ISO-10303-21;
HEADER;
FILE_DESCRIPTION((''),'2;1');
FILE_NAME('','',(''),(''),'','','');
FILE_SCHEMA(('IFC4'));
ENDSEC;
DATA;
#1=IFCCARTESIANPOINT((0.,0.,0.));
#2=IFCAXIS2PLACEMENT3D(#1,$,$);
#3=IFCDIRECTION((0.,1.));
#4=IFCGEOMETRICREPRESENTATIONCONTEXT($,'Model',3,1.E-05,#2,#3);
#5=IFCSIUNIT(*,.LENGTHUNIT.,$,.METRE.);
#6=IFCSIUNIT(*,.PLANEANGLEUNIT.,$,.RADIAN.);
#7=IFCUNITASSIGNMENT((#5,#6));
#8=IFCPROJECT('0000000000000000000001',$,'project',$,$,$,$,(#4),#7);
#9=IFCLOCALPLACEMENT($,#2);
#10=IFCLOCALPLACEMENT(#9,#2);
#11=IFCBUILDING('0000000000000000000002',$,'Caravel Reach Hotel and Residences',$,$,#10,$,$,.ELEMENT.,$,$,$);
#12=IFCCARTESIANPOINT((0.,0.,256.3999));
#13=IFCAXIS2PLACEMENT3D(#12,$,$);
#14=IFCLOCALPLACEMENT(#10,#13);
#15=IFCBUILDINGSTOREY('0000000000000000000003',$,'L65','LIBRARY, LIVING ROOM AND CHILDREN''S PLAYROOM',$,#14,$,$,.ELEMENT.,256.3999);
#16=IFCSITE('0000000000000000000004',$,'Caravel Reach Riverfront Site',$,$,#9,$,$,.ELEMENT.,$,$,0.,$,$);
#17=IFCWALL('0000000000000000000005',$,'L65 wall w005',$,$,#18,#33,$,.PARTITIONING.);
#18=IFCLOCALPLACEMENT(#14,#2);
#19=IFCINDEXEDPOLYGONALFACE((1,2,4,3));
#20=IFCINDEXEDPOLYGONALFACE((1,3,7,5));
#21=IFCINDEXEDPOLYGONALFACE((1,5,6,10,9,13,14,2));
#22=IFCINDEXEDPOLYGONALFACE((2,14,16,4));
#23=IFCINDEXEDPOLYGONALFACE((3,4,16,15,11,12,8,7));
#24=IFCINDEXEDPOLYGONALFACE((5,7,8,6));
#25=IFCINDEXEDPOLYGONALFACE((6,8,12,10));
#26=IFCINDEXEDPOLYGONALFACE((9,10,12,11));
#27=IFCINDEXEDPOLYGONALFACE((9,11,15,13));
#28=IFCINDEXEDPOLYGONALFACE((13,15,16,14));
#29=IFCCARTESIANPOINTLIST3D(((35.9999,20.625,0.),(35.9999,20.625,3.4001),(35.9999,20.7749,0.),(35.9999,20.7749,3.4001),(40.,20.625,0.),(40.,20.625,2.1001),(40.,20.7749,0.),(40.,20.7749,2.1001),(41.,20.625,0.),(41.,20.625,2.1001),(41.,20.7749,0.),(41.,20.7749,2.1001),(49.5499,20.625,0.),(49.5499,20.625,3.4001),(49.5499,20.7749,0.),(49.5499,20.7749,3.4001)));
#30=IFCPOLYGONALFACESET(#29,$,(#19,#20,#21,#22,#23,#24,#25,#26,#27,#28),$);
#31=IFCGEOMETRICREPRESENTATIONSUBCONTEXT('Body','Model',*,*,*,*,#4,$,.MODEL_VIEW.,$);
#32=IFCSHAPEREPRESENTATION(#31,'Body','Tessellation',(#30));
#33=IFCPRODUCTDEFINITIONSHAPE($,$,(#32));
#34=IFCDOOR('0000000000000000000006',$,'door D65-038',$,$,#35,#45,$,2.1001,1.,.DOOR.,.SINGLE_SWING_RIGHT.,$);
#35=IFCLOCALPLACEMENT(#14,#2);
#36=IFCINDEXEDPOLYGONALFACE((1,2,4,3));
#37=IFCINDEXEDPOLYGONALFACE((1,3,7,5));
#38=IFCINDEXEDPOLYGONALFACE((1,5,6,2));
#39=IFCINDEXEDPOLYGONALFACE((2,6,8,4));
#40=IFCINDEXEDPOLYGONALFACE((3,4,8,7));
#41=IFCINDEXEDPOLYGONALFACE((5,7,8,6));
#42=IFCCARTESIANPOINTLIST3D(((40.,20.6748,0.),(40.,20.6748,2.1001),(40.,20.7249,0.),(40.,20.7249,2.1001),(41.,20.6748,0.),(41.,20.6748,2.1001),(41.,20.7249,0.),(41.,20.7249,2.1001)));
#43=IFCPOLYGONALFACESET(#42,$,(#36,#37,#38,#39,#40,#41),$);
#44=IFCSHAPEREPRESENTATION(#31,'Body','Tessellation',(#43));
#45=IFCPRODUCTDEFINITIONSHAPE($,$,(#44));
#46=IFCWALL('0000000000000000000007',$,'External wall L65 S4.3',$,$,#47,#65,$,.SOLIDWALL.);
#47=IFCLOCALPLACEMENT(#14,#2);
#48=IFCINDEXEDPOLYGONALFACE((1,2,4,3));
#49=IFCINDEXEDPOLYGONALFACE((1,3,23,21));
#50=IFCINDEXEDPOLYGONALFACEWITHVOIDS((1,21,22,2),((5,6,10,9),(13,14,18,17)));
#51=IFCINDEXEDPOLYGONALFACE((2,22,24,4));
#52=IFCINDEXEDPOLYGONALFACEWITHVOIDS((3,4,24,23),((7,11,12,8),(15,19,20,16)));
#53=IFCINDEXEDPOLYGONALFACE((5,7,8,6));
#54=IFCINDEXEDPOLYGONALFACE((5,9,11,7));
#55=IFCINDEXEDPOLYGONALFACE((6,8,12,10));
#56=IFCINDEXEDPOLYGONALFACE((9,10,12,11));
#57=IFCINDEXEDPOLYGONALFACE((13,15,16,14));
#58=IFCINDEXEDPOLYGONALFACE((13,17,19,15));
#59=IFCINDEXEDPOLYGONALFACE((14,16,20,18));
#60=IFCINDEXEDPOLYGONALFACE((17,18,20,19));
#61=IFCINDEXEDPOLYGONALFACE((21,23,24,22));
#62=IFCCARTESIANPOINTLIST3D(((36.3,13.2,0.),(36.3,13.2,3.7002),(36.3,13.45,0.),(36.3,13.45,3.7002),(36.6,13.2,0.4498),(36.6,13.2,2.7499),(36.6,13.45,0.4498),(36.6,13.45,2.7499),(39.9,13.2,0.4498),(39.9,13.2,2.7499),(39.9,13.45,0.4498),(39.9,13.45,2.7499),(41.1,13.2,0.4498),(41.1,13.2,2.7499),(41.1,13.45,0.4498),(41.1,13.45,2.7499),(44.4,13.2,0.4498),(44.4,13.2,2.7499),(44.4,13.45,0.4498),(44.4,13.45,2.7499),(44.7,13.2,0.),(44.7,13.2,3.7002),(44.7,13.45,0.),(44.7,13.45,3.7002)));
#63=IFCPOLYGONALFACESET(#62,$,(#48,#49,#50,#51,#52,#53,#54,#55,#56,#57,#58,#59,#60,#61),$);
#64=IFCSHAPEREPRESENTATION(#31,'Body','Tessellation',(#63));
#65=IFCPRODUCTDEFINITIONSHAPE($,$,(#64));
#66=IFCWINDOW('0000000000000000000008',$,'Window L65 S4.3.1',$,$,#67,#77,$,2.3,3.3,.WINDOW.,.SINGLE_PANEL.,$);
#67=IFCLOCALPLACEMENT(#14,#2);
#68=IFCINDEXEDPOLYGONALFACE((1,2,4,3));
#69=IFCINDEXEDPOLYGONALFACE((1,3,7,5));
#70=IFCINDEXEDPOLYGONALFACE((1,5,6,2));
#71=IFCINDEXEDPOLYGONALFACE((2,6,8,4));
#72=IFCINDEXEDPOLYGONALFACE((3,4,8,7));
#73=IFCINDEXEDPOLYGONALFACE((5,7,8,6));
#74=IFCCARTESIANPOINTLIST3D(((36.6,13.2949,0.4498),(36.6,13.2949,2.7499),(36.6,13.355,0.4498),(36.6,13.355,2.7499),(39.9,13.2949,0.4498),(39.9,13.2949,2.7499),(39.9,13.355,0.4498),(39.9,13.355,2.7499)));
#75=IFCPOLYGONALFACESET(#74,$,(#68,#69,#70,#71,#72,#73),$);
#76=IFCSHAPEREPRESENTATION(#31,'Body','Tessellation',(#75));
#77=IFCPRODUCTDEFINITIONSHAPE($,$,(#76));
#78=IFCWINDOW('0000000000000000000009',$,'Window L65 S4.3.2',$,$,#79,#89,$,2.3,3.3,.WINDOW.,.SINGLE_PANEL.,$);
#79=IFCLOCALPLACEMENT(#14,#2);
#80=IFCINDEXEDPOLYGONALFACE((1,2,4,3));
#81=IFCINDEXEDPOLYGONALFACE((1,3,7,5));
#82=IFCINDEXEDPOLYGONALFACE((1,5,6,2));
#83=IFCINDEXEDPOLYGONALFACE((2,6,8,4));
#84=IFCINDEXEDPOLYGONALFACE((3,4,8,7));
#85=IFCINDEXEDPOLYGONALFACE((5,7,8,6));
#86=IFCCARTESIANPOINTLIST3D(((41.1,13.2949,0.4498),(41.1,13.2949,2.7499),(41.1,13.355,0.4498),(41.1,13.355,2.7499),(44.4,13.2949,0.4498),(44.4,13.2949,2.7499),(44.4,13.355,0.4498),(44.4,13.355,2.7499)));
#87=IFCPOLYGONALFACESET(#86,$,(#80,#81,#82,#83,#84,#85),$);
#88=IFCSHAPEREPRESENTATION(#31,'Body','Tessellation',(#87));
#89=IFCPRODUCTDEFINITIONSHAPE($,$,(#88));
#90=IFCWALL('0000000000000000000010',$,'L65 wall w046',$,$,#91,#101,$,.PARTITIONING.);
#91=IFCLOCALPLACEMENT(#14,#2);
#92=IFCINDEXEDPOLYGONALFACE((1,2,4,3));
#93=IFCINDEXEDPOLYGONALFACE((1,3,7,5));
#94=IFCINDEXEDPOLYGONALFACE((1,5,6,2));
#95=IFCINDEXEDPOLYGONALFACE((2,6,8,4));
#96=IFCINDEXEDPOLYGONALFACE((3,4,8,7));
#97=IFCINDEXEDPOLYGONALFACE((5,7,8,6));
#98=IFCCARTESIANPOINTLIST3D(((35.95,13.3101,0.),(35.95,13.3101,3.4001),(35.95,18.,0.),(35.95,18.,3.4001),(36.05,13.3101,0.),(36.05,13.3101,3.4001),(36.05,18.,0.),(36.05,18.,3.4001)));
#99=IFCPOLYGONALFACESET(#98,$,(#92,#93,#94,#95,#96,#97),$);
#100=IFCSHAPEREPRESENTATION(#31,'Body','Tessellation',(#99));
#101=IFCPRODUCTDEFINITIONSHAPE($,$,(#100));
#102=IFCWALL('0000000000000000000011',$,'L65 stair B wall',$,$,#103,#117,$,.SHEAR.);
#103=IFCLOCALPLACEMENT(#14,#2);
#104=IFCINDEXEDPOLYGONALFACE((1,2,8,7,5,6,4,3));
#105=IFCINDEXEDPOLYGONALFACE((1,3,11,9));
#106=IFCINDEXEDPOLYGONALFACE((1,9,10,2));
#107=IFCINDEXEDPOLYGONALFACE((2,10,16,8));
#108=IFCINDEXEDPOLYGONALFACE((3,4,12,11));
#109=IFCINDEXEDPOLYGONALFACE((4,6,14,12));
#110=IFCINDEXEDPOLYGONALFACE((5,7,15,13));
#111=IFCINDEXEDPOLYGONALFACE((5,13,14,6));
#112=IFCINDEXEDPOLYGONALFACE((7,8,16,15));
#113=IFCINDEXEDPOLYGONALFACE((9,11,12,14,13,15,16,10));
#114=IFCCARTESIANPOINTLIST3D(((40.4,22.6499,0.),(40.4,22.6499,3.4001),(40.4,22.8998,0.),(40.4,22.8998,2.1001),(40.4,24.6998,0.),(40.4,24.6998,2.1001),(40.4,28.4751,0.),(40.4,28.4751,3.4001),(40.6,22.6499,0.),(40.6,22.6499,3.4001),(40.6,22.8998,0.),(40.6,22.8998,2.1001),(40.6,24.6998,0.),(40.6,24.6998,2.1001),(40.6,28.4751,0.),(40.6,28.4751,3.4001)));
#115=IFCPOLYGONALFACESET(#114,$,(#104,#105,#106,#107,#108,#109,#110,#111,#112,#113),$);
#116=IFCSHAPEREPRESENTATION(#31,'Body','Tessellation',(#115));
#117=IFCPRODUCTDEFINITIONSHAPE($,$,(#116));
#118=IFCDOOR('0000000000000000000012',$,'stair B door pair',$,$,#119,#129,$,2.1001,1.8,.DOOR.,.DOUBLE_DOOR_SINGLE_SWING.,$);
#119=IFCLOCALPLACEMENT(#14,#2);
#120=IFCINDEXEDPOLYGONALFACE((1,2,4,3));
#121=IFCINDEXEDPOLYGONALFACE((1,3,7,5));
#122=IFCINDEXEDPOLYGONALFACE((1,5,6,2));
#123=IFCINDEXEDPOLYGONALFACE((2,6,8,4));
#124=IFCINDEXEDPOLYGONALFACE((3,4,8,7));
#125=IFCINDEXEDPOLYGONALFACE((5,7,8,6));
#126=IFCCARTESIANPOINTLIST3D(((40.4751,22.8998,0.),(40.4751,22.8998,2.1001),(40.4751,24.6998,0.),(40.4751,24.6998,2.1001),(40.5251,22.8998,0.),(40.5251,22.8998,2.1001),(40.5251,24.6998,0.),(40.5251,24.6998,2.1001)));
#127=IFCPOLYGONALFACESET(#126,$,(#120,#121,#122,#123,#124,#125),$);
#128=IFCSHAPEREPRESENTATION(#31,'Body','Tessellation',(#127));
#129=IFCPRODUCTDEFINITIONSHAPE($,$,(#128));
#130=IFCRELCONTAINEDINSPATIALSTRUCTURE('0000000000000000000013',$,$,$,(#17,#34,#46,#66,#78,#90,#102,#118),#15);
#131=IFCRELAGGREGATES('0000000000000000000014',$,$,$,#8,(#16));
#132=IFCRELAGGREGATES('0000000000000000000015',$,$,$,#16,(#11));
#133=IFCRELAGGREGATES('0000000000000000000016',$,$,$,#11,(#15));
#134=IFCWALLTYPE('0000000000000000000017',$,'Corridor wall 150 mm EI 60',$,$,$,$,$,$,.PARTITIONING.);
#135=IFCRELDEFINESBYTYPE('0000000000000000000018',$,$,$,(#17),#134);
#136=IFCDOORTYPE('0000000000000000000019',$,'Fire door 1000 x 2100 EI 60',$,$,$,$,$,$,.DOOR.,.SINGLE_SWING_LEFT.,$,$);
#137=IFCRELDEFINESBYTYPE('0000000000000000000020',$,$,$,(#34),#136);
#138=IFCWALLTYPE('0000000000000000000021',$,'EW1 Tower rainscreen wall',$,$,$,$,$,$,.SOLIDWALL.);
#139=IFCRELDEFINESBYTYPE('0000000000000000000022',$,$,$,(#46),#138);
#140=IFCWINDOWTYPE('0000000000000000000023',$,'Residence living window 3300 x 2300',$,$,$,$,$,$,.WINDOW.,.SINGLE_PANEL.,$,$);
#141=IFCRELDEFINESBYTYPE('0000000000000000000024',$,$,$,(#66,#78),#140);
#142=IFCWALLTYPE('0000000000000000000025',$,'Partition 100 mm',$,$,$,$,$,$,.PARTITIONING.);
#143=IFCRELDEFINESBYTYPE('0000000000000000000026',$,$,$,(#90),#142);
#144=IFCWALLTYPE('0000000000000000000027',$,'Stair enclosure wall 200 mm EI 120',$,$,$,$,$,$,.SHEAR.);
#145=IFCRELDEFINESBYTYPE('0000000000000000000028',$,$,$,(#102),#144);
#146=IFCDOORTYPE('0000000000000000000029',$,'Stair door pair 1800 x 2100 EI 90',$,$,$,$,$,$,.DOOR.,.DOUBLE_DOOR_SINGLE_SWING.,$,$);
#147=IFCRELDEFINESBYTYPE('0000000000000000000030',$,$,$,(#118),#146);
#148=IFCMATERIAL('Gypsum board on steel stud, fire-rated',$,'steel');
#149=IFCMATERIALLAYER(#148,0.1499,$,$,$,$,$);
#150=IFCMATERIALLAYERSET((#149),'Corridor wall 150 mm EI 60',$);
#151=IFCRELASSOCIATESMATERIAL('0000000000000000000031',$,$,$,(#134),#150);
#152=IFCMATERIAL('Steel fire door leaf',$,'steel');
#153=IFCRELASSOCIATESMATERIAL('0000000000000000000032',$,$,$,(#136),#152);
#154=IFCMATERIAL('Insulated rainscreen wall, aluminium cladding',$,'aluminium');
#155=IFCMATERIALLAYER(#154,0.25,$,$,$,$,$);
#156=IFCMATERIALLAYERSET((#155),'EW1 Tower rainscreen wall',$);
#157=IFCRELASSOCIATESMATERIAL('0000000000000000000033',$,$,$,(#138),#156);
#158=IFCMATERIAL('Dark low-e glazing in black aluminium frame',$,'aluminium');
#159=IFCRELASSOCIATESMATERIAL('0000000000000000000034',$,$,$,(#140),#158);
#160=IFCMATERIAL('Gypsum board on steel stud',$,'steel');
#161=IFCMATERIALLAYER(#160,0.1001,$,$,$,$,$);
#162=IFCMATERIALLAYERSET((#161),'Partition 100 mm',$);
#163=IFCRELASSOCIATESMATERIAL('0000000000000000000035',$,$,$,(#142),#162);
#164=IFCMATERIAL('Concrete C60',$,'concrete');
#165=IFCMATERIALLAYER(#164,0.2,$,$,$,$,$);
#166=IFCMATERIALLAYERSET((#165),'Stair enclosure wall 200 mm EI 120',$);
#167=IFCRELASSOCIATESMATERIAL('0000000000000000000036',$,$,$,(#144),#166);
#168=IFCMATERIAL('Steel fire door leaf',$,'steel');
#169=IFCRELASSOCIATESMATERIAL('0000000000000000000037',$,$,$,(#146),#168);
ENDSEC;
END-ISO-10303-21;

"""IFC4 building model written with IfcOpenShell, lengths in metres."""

from ifc_helpers import new_model, si_unit, direction, frame, frame_2d, origin, place, context, subcontext, project, spatial, rectangle, extrude, material, layer, layer_set, type_object, element, fill, save


model = new_model("IFC4")

# Units and contexts
model_context = context("Model", 3, precision=1e-05, world=origin(), true_north=direction((0.0, 1.0)))
body_context = subcontext(model_context, "Body", "Model", "MODEL_VIEW")
ifc_project = project(units=[si_unit("LENGTHUNIT", "METRE"), si_unit("PLANEANGLEUNIT", "RADIAN")], contexts=[model_context])

# Site, building, storey
site_placement = place(None, origin())
site = spatial("IfcSite", under=ifc_project, at=site_placement, Name="Caravel Reach Riverfront Site", CompositionType="ELEMENT", RefElevation=0.0)
building_placement = place(site_placement, origin())
building = spatial("IfcBuilding", under=site, at=building_placement, Name="Caravel Reach Hotel and Residences", CompositionType="ELEMENT")
storey_placement = place(building_placement, frame((0.0, 0.0, 256.3999)))
storey = spatial("IfcBuildingStorey", under=building, at=storey_placement, Name="L65", Description="LIBRARY, LIVING ROOM AND CHILDREN'S PLAYROOM", CompositionType="ELEMENT", Elevation=256.3999)

# Wall, opening, door
ifc_material_1 = material(Name="Gypsum board on steel stud, fire-rated", Category="steel")
ifc_layer_1 = layer(ifc_material_1, 0.1499)
ifc_layer_set_1 = layer_set([ifc_layer_1], Name="Corridor wall 150 mm EI 60")
wall_type_1 = type_object("IfcWallType", Name="Corridor wall 150 mm EI 60", PredefinedType="PARTITIONING", material=ifc_layer_set_1)
wall_1_placement = place(storey_placement, frame((36.0, 20.7, 0.0), z_axis=(0.0, 0.0, 1.0), x_axis=(1.0, 0.0, 0.0)))
wall_1 = element("IfcWall", 1, at=wall_1_placement, inside=storey, type_object=wall_type_1, Name="L65 wall w005", PredefinedType="PARTITIONING", context=body_context, shape_type="SweptSolid", body=[
    extrude(rectangle(XDim=13.55, YDim=0.1499, at=frame_2d((6.7749, 0.0))), origin(), (0.0, 0.0, 1.0), 3.4001),
])
opening_1_placement = place(wall_1_placement, frame((4.0, 0.0, 0.0)))
opening_1 = element("IfcOpeningElement", 2, at=opening_1_placement, cuts=wall_1, PredefinedType="OPENING", context=body_context, shape_type="SweptSolid", body=[
    extrude(rectangle(XDim=1.0, YDim=2.1001, at=frame_2d((0.5, 1.05))), frame((0.0, 0.085, 0.0), z_axis=(0.0, -1.0, 0.0), x_axis=(1.0, 0.0, 0.0)), (0.0, 0.0, 1.0), 0.1699),
])
ifc_material_2 = material(Name="Steel fire door leaf", Category="steel")
door_type_1 = type_object("IfcDoorType", Name="Fire door 1000 x 2100 EI 60", OperationType="SINGLE_SWING_LEFT", PredefinedType="DOOR", material=ifc_material_2)
door_1_placement = place(opening_1_placement, origin())
door_1 = element("IfcDoor", 3, at=door_1_placement, inside=storey, type_object=door_type_1, Name="door D65-038", OperationType="SINGLE_SWING_RIGHT", OverallHeight=2.1001, OverallWidth=1.0, PredefinedType="DOOR", context=body_context, shape_type="SweptSolid", body=[
    extrude(rectangle(XDim=1.0, YDim=2.1001, at=frame_2d((0.5, 1.05))), frame((0.0, 0.0249, 0.0), z_axis=(0.0, -1.0, 0.0), x_axis=(1.0, 0.0, 0.0)), (0.0, 0.0, 1.0), 0.05),
])
fill(opening_1, door_1)

# Wall, openings, windows
ifc_material_3 = material(Name="Insulated rainscreen wall, aluminium cladding", Category="aluminium")
ifc_layer_2 = layer(ifc_material_3, 0.25)
ifc_layer_set_2 = layer_set([ifc_layer_2], Name="EW1 Tower rainscreen wall")
wall_type_2 = type_object("IfcWallType", Name="EW1 Tower rainscreen wall", PredefinedType="SOLIDWALL", material=ifc_layer_set_2)
wall_2_placement = place(storey_placement, frame((36.3, 13.325, 0.0), z_axis=(0.0, 0.0, 1.0), x_axis=(1.0, 0.0, 0.0)))
wall_2 = element("IfcWall", 4, at=wall_2_placement, inside=storey, type_object=wall_type_2, Name="External wall L65 S4.3", PredefinedType="SOLIDWALL", context=body_context, shape_type="SweptSolid", body=[
    extrude(rectangle(XDim=8.3999, YDim=0.25, at=frame_2d((4.2, 0.0))), origin(), (0.0, 0.0, 1.0), 3.7002),
])
opening_2_placement = place(wall_2_placement, frame((0.3, 0.0, 0.45)))
opening_2 = element("IfcOpeningElement", 5, at=opening_2_placement, cuts=wall_2, PredefinedType="OPENING", context=body_context, shape_type="SweptSolid", body=[
    extrude(rectangle(XDim=3.3, YDim=2.3, at=frame_2d((1.6499, 1.1499))), frame((0.0, 0.135, 0.0), z_axis=(0.0, -1.0, 0.0), x_axis=(1.0, 0.0, 0.0)), (0.0, 0.0, 1.0), 0.27),
])
opening_3_placement = place(wall_2_placement, frame((4.8, 0.0, 0.45)))
opening_3 = element("IfcOpeningElement", 6, at=opening_3_placement, cuts=wall_2, PredefinedType="OPENING", context=body_context, shape_type="SweptSolid", body=[
    extrude(rectangle(XDim=3.3, YDim=2.3, at=frame_2d((1.6499, 1.1499))), frame((0.0, 0.135, 0.0), z_axis=(0.0, -1.0, 0.0), x_axis=(1.0, 0.0, 0.0)), (0.0, 0.0, 1.0), 0.27),
])
ifc_material_4 = material(Name="Dark low-e glazing in black aluminium frame", Category="aluminium")
window_type = type_object("IfcWindowType", Name="Residence living window 3300 x 2300", PartitioningType="SINGLE_PANEL", PredefinedType="WINDOW", material=ifc_material_4)
window_1_placement = place(opening_2_placement, origin())
window_1 = element("IfcWindow", 7, at=window_1_placement, inside=storey, type_object=window_type, Name="Window L65 S4.3.1", OverallHeight=2.3, OverallWidth=3.3, PartitioningType="SINGLE_PANEL", PredefinedType="WINDOW", context=body_context, shape_type="SweptSolid", body=[
    extrude(rectangle(XDim=3.3, YDim=2.3, at=frame_2d((1.6499, 1.1499))), frame((0.0, 0.03, 0.0), z_axis=(0.0, -1.0, 0.0), x_axis=(1.0, 0.0, 0.0)), (0.0, 0.0, 1.0), 0.0601),
])
fill(opening_2, window_1)
window_2_placement = place(opening_3_placement, origin())
window_2 = element("IfcWindow", 8, at=window_2_placement, inside=storey, type_object=window_type, Name="Window L65 S4.3.2", OverallHeight=2.3, OverallWidth=3.3, PartitioningType="SINGLE_PANEL", PredefinedType="WINDOW", context=body_context, shape_type="SweptSolid", body=[
    extrude(rectangle(XDim=3.3, YDim=2.3, at=frame_2d((1.6499, 1.1499))), frame((0.0, 0.03, 0.0), z_axis=(0.0, -1.0, 0.0), x_axis=(1.0, 0.0, 0.0)), (0.0, 0.0, 1.0), 0.0601),
])
fill(opening_3, window_2)

# Wall
ifc_material_5 = material(Name="Gypsum board on steel stud", Category="steel")
ifc_layer_3 = layer(ifc_material_5, 0.1001)
ifc_layer_set_3 = layer_set([ifc_layer_3], Name="Partition 100 mm")
wall_type_3 = type_object("IfcWallType", Name="Partition 100 mm", PredefinedType="PARTITIONING", material=ifc_layer_set_3)
wall_3_placement = place(storey_placement, frame((36.0, 13.3101, 0.0), z_axis=(0.0, 0.0, 1.0), x_axis=(0.0, 1.0, 0.0)))
element("IfcWall", 9, at=wall_3_placement, inside=storey, type_object=wall_type_3, Name="L65 wall w046", PredefinedType="PARTITIONING", context=body_context, shape_type="SweptSolid", body=[
    extrude(rectangle(XDim=4.6899, YDim=0.1001, at=frame_2d((2.345, 0.0))), origin(), (0.0, 0.0, 1.0), 3.4001),
])

# Wall, opening, door
ifc_material_6 = material(Name="Concrete C60", Category="concrete")
ifc_layer_4 = layer(ifc_material_6, 0.2)
ifc_layer_set_4 = layer_set([ifc_layer_4], Name="Stair enclosure wall 200 mm EI 120")
wall_type_4 = type_object("IfcWallType", Name="Stair enclosure wall 200 mm EI 120", PredefinedType="SHEAR", material=ifc_layer_set_4)
wall_4_placement = place(storey_placement, frame((40.5, 22.6499, 0.0), z_axis=(0.0, 0.0, 1.0), x_axis=(0.0, 1.0, 0.0)))
wall_4 = element("IfcWall", 10, at=wall_4_placement, inside=storey, type_object=wall_type_4, Name="L65 stair B wall", PredefinedType="SHEAR", context=body_context, shape_type="SweptSolid", body=[
    extrude(rectangle(XDim=5.8252, YDim=0.2, at=frame_2d((2.9126, 0.0))), origin(), (0.0, 0.0, 1.0), 3.4001),
])
opening_4_placement = place(wall_4_placement, frame((0.25, 0.0, 0.0)))
opening_4 = element("IfcOpeningElement", 11, at=opening_4_placement, cuts=wall_4, PredefinedType="OPENING", context=body_context, shape_type="SweptSolid", body=[
    extrude(rectangle(XDim=1.8, YDim=2.1001, at=frame_2d((0.8999, 1.05))), frame((0.0, 0.1099, 0.0), z_axis=(0.0, -1.0, 0.0), x_axis=(1.0, 0.0, 0.0)), (0.0, 0.0, 1.0), 0.22),
])
ifc_material_7 = material(Name="Steel fire door leaf", Category="steel")
door_type_2 = type_object("IfcDoorType", Name="Stair door pair 1800 x 2100 EI 90", OperationType="DOUBLE_DOOR_SINGLE_SWING", PredefinedType="DOOR", material=ifc_material_7)
door_2_placement = place(opening_4_placement, origin())
door_2 = element("IfcDoor", 12, at=door_2_placement, inside=storey, type_object=door_type_2, Name="stair B door pair", OperationType="DOUBLE_DOOR_SINGLE_SWING", OverallHeight=2.1001, OverallWidth=1.8, PredefinedType="DOOR", context=body_context, shape_type="SweptSolid", body=[
    extrude(rectangle(XDim=1.8, YDim=2.1001, at=frame_2d((0.8999, 1.05))), frame((0.0, 0.0249, 0.0), z_axis=(0.0, -1.0, 0.0), x_axis=(1.0, 0.0, 0.0)), (0.0, 0.0, 1.0), 0.05),
])
fill(opening_4, door_2)

save(model, "model.ifc")
